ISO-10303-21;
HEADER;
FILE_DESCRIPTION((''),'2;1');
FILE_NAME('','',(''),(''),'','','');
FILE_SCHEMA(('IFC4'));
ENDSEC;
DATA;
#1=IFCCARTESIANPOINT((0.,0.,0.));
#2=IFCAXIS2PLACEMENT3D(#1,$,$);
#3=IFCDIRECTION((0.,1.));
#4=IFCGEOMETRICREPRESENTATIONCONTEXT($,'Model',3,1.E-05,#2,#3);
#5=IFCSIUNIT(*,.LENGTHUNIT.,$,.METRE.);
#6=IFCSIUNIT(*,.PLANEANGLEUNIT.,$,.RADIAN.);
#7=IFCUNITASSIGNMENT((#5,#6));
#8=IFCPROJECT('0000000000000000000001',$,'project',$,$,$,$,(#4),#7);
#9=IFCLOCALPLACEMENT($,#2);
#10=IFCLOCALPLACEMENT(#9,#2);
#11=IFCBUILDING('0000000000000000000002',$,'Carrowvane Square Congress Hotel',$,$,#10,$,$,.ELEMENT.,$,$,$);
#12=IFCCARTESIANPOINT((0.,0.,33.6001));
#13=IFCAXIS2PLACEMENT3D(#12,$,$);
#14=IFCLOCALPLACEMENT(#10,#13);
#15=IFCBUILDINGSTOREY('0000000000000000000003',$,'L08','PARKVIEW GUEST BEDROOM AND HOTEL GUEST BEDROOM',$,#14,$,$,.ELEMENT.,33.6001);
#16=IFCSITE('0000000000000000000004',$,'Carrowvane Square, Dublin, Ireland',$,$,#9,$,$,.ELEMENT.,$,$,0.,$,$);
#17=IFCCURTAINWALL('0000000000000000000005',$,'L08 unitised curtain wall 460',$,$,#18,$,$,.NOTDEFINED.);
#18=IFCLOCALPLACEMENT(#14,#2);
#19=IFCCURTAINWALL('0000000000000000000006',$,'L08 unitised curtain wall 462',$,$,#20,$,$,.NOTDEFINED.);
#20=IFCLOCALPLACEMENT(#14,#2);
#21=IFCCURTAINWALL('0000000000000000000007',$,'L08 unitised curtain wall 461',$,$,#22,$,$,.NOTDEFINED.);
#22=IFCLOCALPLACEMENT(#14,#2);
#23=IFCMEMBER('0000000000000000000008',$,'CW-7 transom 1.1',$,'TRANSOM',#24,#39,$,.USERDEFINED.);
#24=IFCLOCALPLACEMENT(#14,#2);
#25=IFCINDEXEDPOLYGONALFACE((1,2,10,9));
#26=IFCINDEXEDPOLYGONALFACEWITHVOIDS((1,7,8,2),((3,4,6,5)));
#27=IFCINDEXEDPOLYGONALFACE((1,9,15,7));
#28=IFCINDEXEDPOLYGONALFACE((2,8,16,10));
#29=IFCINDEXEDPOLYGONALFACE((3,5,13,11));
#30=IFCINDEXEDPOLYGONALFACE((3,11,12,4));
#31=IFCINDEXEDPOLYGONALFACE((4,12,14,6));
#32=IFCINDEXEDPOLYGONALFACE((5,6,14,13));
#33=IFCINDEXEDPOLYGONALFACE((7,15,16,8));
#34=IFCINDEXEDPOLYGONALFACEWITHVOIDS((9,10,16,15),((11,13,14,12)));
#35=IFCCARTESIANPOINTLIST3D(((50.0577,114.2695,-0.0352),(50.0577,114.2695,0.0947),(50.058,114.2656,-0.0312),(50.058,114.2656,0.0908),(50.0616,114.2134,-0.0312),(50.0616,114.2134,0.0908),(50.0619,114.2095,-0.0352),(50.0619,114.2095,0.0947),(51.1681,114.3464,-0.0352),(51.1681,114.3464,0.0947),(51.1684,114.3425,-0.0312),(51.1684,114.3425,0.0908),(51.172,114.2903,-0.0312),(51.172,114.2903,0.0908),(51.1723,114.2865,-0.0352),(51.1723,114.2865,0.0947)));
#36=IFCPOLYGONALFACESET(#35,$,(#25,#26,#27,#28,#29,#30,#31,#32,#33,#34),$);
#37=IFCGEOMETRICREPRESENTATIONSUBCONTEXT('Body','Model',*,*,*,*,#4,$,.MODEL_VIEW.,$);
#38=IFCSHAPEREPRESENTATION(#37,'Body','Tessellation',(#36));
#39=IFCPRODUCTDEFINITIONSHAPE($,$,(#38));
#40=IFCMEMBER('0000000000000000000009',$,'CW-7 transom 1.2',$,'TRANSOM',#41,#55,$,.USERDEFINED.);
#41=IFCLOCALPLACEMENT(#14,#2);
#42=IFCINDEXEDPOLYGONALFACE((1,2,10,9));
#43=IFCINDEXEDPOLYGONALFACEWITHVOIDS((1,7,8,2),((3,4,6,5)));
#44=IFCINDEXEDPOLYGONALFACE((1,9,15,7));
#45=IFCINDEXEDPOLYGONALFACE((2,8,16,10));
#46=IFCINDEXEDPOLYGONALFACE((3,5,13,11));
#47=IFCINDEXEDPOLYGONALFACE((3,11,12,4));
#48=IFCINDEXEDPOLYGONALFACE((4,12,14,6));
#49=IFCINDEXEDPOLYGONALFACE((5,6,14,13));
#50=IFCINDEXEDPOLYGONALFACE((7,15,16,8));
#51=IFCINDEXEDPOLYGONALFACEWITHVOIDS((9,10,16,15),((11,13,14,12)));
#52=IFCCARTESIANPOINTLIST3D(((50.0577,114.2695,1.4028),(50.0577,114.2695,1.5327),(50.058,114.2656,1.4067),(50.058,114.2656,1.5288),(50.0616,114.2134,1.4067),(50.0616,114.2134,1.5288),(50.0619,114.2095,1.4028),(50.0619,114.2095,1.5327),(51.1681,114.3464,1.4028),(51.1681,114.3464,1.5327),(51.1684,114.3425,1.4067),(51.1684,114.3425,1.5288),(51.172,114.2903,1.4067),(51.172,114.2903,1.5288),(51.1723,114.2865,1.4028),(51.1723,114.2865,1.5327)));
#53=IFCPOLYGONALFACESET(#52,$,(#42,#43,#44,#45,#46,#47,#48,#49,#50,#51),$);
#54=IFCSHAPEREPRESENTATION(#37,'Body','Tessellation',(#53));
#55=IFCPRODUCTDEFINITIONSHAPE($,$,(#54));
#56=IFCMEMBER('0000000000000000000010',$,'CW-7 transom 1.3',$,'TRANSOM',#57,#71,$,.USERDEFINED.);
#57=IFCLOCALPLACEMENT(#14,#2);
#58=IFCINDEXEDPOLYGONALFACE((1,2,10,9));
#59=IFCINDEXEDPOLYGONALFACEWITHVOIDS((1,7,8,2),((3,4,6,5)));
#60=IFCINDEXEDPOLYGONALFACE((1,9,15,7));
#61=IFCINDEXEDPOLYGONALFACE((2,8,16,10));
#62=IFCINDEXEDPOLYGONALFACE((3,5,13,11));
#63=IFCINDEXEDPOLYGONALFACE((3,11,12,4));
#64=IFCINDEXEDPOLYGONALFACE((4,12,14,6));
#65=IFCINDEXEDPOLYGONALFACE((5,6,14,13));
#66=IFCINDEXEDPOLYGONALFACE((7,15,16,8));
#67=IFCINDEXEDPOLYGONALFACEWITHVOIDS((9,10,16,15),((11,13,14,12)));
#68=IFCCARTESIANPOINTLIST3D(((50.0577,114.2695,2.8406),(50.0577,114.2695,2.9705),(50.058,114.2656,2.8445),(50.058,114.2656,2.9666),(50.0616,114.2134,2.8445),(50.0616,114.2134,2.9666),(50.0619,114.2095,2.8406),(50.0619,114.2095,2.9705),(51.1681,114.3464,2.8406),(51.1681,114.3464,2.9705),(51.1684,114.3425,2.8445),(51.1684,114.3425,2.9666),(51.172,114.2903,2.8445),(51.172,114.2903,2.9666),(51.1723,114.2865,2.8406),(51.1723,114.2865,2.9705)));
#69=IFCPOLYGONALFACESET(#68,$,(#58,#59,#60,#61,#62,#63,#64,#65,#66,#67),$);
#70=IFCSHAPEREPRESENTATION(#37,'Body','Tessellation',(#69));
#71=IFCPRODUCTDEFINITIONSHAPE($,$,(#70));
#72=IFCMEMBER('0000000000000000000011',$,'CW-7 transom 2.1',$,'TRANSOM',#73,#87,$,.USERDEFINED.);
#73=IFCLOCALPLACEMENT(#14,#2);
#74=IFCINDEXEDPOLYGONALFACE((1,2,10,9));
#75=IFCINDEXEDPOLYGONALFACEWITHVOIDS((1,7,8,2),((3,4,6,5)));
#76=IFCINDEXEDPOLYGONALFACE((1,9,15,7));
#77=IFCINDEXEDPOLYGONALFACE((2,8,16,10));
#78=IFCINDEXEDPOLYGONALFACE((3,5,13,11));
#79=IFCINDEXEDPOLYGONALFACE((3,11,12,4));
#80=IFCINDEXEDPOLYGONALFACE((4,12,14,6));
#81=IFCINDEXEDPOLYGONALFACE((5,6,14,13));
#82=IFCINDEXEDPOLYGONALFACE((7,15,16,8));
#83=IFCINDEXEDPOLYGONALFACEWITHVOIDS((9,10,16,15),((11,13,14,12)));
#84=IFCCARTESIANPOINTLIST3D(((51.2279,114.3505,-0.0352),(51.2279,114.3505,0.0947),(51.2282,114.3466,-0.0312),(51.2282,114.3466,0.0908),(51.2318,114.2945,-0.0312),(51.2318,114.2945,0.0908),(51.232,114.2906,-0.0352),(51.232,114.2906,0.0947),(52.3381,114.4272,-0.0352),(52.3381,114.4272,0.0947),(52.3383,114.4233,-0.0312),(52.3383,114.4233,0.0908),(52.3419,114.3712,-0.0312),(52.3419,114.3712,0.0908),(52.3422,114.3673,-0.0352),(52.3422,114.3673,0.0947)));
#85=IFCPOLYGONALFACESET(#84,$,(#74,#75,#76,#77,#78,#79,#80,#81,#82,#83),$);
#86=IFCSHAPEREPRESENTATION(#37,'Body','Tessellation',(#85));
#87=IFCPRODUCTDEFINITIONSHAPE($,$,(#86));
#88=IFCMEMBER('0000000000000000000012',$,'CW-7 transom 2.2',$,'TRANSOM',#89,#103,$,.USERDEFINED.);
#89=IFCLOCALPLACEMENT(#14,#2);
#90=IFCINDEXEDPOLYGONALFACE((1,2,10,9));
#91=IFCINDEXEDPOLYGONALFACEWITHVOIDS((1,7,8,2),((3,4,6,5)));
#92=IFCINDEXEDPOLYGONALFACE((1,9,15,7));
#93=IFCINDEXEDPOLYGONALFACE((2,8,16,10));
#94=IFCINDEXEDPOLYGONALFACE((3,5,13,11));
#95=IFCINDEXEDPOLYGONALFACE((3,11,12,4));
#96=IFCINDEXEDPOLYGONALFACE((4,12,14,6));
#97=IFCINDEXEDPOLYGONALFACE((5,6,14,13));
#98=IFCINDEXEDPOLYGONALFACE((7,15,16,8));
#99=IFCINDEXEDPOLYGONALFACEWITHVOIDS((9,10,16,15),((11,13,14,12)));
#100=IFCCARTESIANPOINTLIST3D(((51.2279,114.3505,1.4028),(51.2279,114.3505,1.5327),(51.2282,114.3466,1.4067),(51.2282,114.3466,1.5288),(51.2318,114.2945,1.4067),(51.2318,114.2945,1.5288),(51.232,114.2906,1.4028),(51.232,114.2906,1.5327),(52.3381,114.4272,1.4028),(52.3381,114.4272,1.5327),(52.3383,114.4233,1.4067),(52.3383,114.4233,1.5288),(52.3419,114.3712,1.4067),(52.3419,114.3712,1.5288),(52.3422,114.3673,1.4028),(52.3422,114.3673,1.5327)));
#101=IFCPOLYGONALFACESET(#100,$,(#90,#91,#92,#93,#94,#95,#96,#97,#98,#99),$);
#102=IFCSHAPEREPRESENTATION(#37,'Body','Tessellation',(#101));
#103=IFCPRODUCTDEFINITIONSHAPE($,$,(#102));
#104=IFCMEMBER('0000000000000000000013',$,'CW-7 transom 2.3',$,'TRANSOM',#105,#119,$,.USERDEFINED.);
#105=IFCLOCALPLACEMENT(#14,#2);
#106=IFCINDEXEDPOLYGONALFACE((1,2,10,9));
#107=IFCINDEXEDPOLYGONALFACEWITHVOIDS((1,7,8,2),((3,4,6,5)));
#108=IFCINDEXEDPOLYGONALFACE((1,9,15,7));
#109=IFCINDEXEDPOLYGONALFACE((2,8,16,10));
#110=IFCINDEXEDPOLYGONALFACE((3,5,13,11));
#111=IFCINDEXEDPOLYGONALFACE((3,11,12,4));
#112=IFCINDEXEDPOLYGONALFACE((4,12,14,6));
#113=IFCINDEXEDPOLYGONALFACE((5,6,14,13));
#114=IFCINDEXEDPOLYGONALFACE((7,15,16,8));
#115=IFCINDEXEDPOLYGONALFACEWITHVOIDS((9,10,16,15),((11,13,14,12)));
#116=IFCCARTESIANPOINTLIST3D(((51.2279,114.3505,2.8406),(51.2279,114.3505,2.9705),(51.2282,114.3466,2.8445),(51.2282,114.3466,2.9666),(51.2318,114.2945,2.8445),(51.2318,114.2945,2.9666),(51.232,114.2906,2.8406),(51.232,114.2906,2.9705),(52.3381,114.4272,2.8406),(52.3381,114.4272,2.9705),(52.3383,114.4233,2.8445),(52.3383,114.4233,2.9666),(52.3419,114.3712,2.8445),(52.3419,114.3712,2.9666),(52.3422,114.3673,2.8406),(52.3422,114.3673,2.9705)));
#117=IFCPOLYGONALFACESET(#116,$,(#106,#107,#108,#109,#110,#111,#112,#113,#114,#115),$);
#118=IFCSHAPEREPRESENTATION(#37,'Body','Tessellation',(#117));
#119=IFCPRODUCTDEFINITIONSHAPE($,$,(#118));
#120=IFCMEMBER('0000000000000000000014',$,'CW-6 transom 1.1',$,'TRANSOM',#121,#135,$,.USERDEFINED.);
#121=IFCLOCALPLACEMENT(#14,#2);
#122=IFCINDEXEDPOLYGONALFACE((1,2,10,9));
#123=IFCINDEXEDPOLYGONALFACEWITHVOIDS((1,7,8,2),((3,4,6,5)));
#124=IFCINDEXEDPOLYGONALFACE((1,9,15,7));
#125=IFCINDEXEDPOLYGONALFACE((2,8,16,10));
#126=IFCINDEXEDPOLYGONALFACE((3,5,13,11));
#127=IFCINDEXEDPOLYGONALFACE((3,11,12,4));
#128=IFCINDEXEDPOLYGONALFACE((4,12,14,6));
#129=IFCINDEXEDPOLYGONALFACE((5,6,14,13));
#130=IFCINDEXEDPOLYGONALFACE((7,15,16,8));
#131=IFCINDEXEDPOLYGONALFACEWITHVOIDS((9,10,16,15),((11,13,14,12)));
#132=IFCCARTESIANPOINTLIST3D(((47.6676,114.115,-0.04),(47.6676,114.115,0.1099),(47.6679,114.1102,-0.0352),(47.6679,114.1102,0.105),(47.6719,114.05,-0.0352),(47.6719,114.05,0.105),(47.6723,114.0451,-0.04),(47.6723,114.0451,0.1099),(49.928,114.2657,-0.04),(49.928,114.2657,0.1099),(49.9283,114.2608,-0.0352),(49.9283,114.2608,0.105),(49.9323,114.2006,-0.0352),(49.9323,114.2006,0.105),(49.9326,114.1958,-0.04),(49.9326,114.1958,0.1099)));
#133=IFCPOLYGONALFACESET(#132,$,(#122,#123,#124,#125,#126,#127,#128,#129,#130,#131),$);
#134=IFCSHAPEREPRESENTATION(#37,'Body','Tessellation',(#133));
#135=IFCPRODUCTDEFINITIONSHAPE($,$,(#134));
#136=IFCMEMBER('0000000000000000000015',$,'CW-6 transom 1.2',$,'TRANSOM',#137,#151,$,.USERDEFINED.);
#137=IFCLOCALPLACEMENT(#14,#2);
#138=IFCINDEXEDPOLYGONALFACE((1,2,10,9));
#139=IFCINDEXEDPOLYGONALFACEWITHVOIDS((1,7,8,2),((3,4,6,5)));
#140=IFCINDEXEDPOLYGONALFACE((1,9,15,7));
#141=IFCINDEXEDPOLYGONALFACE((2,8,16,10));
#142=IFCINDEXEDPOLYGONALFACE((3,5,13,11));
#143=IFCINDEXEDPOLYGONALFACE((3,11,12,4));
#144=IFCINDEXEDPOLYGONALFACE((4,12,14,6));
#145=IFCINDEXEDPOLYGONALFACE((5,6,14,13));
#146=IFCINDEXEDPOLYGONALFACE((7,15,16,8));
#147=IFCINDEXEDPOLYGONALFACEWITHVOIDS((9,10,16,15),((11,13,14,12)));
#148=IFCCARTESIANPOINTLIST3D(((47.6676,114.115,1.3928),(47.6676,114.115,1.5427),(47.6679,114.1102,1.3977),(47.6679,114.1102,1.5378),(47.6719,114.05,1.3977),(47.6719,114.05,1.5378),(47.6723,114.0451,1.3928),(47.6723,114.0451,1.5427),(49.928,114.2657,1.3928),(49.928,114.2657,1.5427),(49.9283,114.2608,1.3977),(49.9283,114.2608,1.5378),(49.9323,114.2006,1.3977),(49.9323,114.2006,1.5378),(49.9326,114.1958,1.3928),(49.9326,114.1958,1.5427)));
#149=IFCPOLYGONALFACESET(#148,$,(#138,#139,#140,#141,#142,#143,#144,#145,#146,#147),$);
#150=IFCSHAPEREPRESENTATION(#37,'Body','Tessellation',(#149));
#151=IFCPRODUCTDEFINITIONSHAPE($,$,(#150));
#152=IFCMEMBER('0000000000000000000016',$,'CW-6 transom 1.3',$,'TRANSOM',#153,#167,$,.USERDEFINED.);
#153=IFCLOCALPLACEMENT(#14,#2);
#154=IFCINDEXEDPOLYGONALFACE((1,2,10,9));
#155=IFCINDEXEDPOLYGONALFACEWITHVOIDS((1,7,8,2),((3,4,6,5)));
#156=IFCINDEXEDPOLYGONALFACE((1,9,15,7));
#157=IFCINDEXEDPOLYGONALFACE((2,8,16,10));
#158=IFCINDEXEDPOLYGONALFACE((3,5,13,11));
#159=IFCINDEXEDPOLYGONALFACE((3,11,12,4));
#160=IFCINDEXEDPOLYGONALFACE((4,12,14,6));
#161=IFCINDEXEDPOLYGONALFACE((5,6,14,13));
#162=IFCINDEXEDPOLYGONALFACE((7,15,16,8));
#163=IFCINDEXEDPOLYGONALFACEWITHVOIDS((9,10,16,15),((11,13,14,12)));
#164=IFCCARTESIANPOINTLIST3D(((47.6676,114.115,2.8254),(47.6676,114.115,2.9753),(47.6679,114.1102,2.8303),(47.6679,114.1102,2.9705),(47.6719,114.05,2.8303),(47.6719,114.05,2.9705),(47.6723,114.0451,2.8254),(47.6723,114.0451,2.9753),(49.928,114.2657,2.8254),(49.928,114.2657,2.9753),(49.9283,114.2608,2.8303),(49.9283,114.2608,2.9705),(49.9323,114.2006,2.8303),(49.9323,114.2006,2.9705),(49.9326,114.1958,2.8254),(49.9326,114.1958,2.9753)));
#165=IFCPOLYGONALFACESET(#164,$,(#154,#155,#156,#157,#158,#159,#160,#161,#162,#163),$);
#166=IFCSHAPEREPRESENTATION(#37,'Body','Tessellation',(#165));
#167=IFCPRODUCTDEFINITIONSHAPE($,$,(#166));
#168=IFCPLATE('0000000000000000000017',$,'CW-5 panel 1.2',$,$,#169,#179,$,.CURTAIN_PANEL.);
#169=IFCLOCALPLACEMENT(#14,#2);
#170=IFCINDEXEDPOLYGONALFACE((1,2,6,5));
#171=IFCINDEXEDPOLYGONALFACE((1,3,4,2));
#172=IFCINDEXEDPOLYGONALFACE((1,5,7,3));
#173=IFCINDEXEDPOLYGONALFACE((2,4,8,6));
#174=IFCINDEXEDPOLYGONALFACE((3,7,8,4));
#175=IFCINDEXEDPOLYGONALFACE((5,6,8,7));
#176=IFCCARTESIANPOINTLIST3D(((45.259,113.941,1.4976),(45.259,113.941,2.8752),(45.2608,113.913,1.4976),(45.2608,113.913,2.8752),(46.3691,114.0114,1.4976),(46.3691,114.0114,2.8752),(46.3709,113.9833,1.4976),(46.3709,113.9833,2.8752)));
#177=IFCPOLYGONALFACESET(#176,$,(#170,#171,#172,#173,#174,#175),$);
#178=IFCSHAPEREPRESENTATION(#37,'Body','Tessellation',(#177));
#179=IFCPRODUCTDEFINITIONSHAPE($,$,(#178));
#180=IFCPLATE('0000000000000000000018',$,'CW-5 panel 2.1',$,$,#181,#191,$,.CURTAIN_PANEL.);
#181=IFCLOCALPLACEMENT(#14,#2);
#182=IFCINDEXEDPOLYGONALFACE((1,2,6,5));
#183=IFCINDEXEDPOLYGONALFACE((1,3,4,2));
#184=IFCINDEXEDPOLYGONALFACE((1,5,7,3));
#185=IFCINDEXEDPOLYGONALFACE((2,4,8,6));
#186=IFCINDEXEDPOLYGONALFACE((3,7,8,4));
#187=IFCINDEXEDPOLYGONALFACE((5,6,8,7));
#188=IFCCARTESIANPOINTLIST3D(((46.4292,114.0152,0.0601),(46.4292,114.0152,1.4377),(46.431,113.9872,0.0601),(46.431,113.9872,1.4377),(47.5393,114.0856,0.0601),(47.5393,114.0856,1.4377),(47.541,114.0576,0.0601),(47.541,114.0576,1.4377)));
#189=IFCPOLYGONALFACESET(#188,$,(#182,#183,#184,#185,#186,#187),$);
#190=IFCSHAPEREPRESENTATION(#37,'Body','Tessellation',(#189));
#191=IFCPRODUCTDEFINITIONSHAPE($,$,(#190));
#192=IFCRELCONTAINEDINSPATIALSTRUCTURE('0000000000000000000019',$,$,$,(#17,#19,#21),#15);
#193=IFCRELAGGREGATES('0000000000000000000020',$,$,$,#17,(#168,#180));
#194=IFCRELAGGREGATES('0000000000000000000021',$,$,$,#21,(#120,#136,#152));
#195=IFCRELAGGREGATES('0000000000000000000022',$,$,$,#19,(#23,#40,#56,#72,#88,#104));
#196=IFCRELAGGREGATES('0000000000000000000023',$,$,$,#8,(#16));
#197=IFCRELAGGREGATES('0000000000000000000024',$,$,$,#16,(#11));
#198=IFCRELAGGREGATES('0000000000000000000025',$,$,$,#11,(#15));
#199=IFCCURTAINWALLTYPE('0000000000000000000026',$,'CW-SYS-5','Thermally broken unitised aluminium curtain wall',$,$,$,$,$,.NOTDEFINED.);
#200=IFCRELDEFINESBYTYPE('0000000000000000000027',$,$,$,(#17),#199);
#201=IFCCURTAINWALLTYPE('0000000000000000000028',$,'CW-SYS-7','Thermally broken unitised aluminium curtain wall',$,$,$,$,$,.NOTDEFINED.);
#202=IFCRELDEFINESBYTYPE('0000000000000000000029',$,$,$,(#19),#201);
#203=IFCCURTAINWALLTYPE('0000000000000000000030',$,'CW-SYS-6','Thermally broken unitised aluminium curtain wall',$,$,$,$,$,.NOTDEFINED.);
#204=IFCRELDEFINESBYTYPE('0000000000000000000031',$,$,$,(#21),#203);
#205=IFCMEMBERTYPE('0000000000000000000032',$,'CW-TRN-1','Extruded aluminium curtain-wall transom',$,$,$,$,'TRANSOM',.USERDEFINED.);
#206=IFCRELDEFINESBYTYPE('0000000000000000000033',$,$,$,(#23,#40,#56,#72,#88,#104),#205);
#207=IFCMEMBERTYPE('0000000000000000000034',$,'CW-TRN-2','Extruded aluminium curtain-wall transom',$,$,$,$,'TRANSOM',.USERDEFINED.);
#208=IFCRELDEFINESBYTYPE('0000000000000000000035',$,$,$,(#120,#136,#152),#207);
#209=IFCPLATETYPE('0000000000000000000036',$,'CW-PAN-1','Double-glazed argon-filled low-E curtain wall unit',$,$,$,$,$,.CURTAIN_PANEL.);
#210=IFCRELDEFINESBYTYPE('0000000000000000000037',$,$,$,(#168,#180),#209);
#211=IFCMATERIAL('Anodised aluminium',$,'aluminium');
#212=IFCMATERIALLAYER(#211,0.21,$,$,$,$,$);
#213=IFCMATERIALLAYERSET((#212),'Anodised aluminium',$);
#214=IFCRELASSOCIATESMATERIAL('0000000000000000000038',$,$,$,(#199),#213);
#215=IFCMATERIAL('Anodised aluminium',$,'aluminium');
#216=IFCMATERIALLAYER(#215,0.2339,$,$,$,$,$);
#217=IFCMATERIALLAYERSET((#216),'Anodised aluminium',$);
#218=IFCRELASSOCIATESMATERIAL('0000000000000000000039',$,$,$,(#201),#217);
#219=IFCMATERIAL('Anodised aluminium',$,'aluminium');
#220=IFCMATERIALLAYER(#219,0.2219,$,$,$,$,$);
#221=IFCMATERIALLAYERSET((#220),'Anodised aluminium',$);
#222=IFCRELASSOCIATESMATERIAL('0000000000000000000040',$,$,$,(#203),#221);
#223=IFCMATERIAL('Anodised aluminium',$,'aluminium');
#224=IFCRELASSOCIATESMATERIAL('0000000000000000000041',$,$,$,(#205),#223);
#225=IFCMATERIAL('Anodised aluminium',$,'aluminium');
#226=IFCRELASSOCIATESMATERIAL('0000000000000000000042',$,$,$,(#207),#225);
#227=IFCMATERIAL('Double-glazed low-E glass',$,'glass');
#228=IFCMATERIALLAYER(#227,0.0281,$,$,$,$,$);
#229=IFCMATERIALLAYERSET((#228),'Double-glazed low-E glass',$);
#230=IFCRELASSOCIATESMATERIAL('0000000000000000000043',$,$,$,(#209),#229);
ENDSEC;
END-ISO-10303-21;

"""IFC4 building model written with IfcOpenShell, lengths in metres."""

from ifc_helpers import new_model, si_unit, direction, frame, origin, origin_2d, place, context, subcontext, project, spatial, rectangle, hollow_rectangle, extrude, material, layer, layer_set, material_profile, profile_set, type_object, element, aggregate, save


model = new_model("IFC4")

# Units and contexts
model_context = context("Model", 3, precision=1e-05, world=origin(), true_north=direction((0.0, 1.0)))
body_context = subcontext(model_context, "Body", "Model", "MODEL_VIEW")
ifc_project = project(units=[si_unit("LENGTHUNIT", "METRE"), si_unit("PLANEANGLEUNIT", "RADIAN")], contexts=[model_context])

# Site, building, storey
site_placement = place(None, origin())
site = spatial("IfcSite", under=ifc_project, at=site_placement, Name="Carrowvane Square, Dublin, Ireland", CompositionType="ELEMENT", RefElevation=0.0)
building_placement = place(site_placement, origin())
building = spatial("IfcBuilding", under=site, at=building_placement, Name="Carrowvane Square Congress Hotel", CompositionType="ELEMENT")
storey_placement = place(building_placement, frame((0.0, 0.0, 33.6001)))
storey = spatial("IfcBuildingStorey", under=building, at=storey_placement, Name="L08", Description="PARKVIEW GUEST BEDROOM AND HOTEL GUEST BEDROOM", CompositionType="ELEMENT", Elevation=33.6001)

# Curtain walls
ifc_material_1 = material(Name="Anodised aluminium", Category="aluminium")
ifc_layer_1 = layer(ifc_material_1, 0.21)
ifc_layer_set_1 = layer_set([ifc_layer_1], Name="Anodised aluminium")
curtain_wall_type_1 = type_object("IfcCurtainWallType", Name="CW-SYS-5", Description="Thermally broken unitised aluminium curtain wall", PredefinedType="NOTDEFINED", material=ifc_layer_set_1)
curtain_wall_1_placement = place(storey_placement, origin())
curtain_wall_1 = element("IfcCurtainWall", 1, at=curtain_wall_1_placement, inside=storey, type_object=curtain_wall_type_1, Name="L08 unitised curtain wall 460", PredefinedType="NOTDEFINED")
ifc_material_2 = material(Name="Anodised aluminium", Category="aluminium")
ifc_layer_2 = layer(ifc_material_2, 0.2339)
ifc_layer_set_2 = layer_set([ifc_layer_2], Name="Anodised aluminium")
curtain_wall_type_2 = type_object("IfcCurtainWallType", Name="CW-SYS-7", Description="Thermally broken unitised aluminium curtain wall", PredefinedType="NOTDEFINED", material=ifc_layer_set_2)
curtain_wall_2_placement = place(storey_placement, origin())
curtain_wall_2 = element("IfcCurtainWall", 2, at=curtain_wall_2_placement, inside=storey, type_object=curtain_wall_type_2, Name="L08 unitised curtain wall 462", PredefinedType="NOTDEFINED")
ifc_material_3 = material(Name="Anodised aluminium", Category="aluminium")
ifc_layer_3 = layer(ifc_material_3, 0.2219)
ifc_layer_set_3 = layer_set([ifc_layer_3], Name="Anodised aluminium")
curtain_wall_type_3 = type_object("IfcCurtainWallType", Name="CW-SYS-6", Description="Thermally broken unitised aluminium curtain wall", PredefinedType="NOTDEFINED", material=ifc_layer_set_3)
curtain_wall_3_placement = place(storey_placement, origin())
curtain_wall_3 = element("IfcCurtainWall", 3, at=curtain_wall_3_placement, inside=storey, type_object=curtain_wall_type_3, Name="L08 unitised curtain wall 461", PredefinedType="NOTDEFINED")

# Members
ifc_material_4 = material(Name="Anodised aluminium", Category="aluminium")
ifc_material_profile_1 = material_profile(ifc_material_4, hollow_rectangle(XDim=0.0601, YDim=0.1299, WallThickness=0.0039, at=origin_2d()), Name="CW-TR 60x130x4")
ifc_profile_set_1 = profile_set([ifc_material_profile_1], Name="Anodised aluminium")
member_type_1 = type_object("IfcMemberType", Name="CW-TRN-1", Description="Extruded aluminium curtain-wall transom", ElementType="TRANSOM", PredefinedType="USERDEFINED", material=ifc_profile_set_1)
member_1_placement = place(storey_placement, frame((50.0598, 114.2395, 0.0298), z_axis=(0.99761, 0.069096, 0.0), x_axis=(-0.069096, 0.99761, 0.0)))
member_1 = element("IfcMember", 4, at=member_1_placement, type_object=member_type_1, Name="CW-7 transom 1.1", ObjectType="TRANSOM", PredefinedType="USERDEFINED", context=body_context, shape_type="SweptSolid", body=[
    extrude(hollow_rectangle(XDim=0.0601, YDim=0.1299, WallThickness=0.0039, at=origin_2d()), origin(), (0.0, 0.0, 1.0), 1.113),
])
member_2_placement = place(storey_placement, frame((50.0598, 114.2395, 1.4678), z_axis=(0.99761, 0.069096, 0.0), x_axis=(-0.069096, 0.99761, 0.0)))
member_2 = element("IfcMember", 5, at=member_2_placement, type_object=member_type_1, Name="CW-7 transom 1.2", ObjectType="TRANSOM", PredefinedType="USERDEFINED", context=body_context, shape_type="SweptSolid", body=[
    extrude(hollow_rectangle(XDim=0.0601, YDim=0.1299, WallThickness=0.0039, at=origin_2d()), origin(), (0.0, 0.0, 1.0), 1.113),
])
member_3_placement = place(storey_placement, frame((50.0598, 114.2395, 2.9055), z_axis=(0.99761, 0.069096, 0.0), x_axis=(-0.069096, 0.99761, 0.0)))
member_3 = element("IfcMember", 6, at=member_3_placement, type_object=member_type_1, Name="CW-7 transom 1.3", ObjectType="TRANSOM", PredefinedType="USERDEFINED", context=body_context, shape_type="SweptSolid", body=[
    extrude(hollow_rectangle(XDim=0.0601, YDim=0.1299, WallThickness=0.0039, at=origin_2d()), origin(), (0.0, 0.0, 1.0), 1.113),
])
member_4_placement = place(storey_placement, frame((51.23, 114.3206, 0.0298), z_axis=(0.997624, 0.068892, 0.0), x_axis=(-0.068892, 0.997624, 0.0)))
member_4 = element("IfcMember", 7, at=member_4_placement, type_object=member_type_1, Name="CW-7 transom 2.1", ObjectType="TRANSOM", PredefinedType="USERDEFINED", context=body_context, shape_type="SweptSolid", body=[
    extrude(hollow_rectangle(XDim=0.0601, YDim=0.1299, WallThickness=0.0039, at=origin_2d()), origin(), (0.0, 0.0, 1.0), 1.1128),
])
member_5_placement = place(storey_placement, frame((51.23, 114.3206, 1.4678), z_axis=(0.997624, 0.068892, 0.0), x_axis=(-0.068892, 0.997624, 0.0)))
member_5 = element("IfcMember", 8, at=member_5_placement, type_object=member_type_1, Name="CW-7 transom 2.2", ObjectType="TRANSOM", PredefinedType="USERDEFINED", context=body_context, shape_type="SweptSolid", body=[
    extrude(hollow_rectangle(XDim=0.0601, YDim=0.1299, WallThickness=0.0039, at=origin_2d()), origin(), (0.0, 0.0, 1.0), 1.1128),
])
member_6_placement = place(storey_placement, frame((51.23, 114.3206, 2.9055), z_axis=(0.997624, 0.068892, 0.0), x_axis=(-0.068892, 0.997624, 0.0)))
member_6 = element("IfcMember", 9, at=member_6_placement, type_object=member_type_1, Name="CW-7 transom 2.3", ObjectType="TRANSOM", PredefinedType="USERDEFINED", context=body_context, shape_type="SweptSolid", body=[
    extrude(hollow_rectangle(XDim=0.0601, YDim=0.1299, WallThickness=0.0039, at=origin_2d()), origin(), (0.0, 0.0, 1.0), 1.1128),
])
ifc_material_5 = material(Name="Anodised aluminium", Category="aluminium")
ifc_material_profile_2 = material_profile(ifc_material_5, hollow_rectangle(XDim=0.0701, YDim=0.1499, WallThickness=0.0049, at=origin_2d()), Name="CW-TR 70x150x5")
ifc_profile_set_2 = profile_set([ifc_material_profile_2], Name="Anodised aluminium")
member_type_2 = type_object("IfcMemberType", Name="CW-TRN-2", Description="Extruded aluminium curtain-wall transom", ElementType="TRANSOM", PredefinedType="USERDEFINED", material=ifc_profile_set_2)
member_7_placement = place(storey_placement, frame((47.6699, 114.0801, 0.0349), z_axis=(0.997787, 0.066498, 0.0), x_axis=(-0.066498, 0.997787, 0.0)))
member_7 = element("IfcMember", 10, at=member_7_placement, type_object=member_type_2, Name="CW-6 transom 1.1", ObjectType="TRANSOM", PredefinedType="USERDEFINED", context=body_context, shape_type="SweptSolid", body=[
    extrude(hollow_rectangle(XDim=0.0701, YDim=0.1499, WallThickness=0.0049, at=origin_2d()), origin(), (0.0, 0.0, 1.0), 2.2654),
])
member_8_placement = place(storey_placement, frame((47.6699, 114.0801, 1.4678), z_axis=(0.997787, 0.066498, 0.0), x_axis=(-0.066498, 0.997787, 0.0)))
member_8 = element("IfcMember", 11, at=member_8_placement, type_object=member_type_2, Name="CW-6 transom 1.2", ObjectType="TRANSOM", PredefinedType="USERDEFINED", context=body_context, shape_type="SweptSolid", body=[
    extrude(hollow_rectangle(XDim=0.0701, YDim=0.1499, WallThickness=0.0049, at=origin_2d()), origin(), (0.0, 0.0, 1.0), 2.2654),
])
member_9_placement = place(storey_placement, frame((47.6699, 114.0801, 2.9004), z_axis=(0.997787, 0.066498, 0.0), x_axis=(-0.066498, 0.997787, 0.0)))
member_9 = element("IfcMember", 12, at=member_9_placement, type_object=member_type_2, Name="CW-6 transom 1.3", ObjectType="TRANSOM", PredefinedType="USERDEFINED", context=body_context, shape_type="SweptSolid", body=[
    extrude(hollow_rectangle(XDim=0.0701, YDim=0.1499, WallThickness=0.0049, at=origin_2d()), origin(), (0.0, 0.0, 1.0), 2.2654),
])

# Plates
ifc_material_6 = material(Name="Double-glazed low-E glass", Category="glass")
ifc_layer_4 = layer(ifc_material_6, 0.0281)
ifc_layer_set_4 = layer_set([ifc_layer_4], Name="Double-glazed low-E glass")
plate_type_1 = type_object("IfcPlateType", Name="CW-PAN-1", Description="Double-glazed argon-filled low-E curtain wall unit", PredefinedType="CURTAIN_PANEL", material=ifc_layer_set_4)
plate_1_placement = place(storey_placement, frame((45.8149, 113.9622, 1.4976), z_axis=(0.0, 0.0, 1.0), x_axis=(0.997996, 0.063273, 0.0)))
plate_1 = element("IfcPlate", 13, at=plate_1_placement, type_object=plate_type_1, Name="CW-5 panel 1.2", PredefinedType="CURTAIN_PANEL", context=body_context, shape_type="SweptSolid", body=[
    extrude(rectangle(XDim=1.1123, YDim=0.0281, at=origin_2d()), origin(), (0.0, 0.0, 1.0), 1.3777),
])
plate_2_placement = place(storey_placement, frame((46.9851, 114.0364, 0.0601), z_axis=(0.0, 0.0, 1.0), x_axis=(0.997996, 0.063273, 0.0)))
plate_2 = element("IfcPlate", 14, at=plate_2_placement, type_object=plate_type_1, Name="CW-5 panel 2.1", PredefinedType="CURTAIN_PANEL", context=body_context, shape_type="SweptSolid", body=[
    extrude(rectangle(XDim=1.1123, YDim=0.0281, at=origin_2d()), origin(), (0.0, 0.0, 1.0), 1.3777),
])
aggregate(curtain_wall_1, [plate_1, plate_2])
aggregate(curtain_wall_3, [member_7, member_8, member_9])
aggregate(curtain_wall_2, [member_1, member_2, member_3, member_4, member_5, member_6])

save(model, "model.ifc")
